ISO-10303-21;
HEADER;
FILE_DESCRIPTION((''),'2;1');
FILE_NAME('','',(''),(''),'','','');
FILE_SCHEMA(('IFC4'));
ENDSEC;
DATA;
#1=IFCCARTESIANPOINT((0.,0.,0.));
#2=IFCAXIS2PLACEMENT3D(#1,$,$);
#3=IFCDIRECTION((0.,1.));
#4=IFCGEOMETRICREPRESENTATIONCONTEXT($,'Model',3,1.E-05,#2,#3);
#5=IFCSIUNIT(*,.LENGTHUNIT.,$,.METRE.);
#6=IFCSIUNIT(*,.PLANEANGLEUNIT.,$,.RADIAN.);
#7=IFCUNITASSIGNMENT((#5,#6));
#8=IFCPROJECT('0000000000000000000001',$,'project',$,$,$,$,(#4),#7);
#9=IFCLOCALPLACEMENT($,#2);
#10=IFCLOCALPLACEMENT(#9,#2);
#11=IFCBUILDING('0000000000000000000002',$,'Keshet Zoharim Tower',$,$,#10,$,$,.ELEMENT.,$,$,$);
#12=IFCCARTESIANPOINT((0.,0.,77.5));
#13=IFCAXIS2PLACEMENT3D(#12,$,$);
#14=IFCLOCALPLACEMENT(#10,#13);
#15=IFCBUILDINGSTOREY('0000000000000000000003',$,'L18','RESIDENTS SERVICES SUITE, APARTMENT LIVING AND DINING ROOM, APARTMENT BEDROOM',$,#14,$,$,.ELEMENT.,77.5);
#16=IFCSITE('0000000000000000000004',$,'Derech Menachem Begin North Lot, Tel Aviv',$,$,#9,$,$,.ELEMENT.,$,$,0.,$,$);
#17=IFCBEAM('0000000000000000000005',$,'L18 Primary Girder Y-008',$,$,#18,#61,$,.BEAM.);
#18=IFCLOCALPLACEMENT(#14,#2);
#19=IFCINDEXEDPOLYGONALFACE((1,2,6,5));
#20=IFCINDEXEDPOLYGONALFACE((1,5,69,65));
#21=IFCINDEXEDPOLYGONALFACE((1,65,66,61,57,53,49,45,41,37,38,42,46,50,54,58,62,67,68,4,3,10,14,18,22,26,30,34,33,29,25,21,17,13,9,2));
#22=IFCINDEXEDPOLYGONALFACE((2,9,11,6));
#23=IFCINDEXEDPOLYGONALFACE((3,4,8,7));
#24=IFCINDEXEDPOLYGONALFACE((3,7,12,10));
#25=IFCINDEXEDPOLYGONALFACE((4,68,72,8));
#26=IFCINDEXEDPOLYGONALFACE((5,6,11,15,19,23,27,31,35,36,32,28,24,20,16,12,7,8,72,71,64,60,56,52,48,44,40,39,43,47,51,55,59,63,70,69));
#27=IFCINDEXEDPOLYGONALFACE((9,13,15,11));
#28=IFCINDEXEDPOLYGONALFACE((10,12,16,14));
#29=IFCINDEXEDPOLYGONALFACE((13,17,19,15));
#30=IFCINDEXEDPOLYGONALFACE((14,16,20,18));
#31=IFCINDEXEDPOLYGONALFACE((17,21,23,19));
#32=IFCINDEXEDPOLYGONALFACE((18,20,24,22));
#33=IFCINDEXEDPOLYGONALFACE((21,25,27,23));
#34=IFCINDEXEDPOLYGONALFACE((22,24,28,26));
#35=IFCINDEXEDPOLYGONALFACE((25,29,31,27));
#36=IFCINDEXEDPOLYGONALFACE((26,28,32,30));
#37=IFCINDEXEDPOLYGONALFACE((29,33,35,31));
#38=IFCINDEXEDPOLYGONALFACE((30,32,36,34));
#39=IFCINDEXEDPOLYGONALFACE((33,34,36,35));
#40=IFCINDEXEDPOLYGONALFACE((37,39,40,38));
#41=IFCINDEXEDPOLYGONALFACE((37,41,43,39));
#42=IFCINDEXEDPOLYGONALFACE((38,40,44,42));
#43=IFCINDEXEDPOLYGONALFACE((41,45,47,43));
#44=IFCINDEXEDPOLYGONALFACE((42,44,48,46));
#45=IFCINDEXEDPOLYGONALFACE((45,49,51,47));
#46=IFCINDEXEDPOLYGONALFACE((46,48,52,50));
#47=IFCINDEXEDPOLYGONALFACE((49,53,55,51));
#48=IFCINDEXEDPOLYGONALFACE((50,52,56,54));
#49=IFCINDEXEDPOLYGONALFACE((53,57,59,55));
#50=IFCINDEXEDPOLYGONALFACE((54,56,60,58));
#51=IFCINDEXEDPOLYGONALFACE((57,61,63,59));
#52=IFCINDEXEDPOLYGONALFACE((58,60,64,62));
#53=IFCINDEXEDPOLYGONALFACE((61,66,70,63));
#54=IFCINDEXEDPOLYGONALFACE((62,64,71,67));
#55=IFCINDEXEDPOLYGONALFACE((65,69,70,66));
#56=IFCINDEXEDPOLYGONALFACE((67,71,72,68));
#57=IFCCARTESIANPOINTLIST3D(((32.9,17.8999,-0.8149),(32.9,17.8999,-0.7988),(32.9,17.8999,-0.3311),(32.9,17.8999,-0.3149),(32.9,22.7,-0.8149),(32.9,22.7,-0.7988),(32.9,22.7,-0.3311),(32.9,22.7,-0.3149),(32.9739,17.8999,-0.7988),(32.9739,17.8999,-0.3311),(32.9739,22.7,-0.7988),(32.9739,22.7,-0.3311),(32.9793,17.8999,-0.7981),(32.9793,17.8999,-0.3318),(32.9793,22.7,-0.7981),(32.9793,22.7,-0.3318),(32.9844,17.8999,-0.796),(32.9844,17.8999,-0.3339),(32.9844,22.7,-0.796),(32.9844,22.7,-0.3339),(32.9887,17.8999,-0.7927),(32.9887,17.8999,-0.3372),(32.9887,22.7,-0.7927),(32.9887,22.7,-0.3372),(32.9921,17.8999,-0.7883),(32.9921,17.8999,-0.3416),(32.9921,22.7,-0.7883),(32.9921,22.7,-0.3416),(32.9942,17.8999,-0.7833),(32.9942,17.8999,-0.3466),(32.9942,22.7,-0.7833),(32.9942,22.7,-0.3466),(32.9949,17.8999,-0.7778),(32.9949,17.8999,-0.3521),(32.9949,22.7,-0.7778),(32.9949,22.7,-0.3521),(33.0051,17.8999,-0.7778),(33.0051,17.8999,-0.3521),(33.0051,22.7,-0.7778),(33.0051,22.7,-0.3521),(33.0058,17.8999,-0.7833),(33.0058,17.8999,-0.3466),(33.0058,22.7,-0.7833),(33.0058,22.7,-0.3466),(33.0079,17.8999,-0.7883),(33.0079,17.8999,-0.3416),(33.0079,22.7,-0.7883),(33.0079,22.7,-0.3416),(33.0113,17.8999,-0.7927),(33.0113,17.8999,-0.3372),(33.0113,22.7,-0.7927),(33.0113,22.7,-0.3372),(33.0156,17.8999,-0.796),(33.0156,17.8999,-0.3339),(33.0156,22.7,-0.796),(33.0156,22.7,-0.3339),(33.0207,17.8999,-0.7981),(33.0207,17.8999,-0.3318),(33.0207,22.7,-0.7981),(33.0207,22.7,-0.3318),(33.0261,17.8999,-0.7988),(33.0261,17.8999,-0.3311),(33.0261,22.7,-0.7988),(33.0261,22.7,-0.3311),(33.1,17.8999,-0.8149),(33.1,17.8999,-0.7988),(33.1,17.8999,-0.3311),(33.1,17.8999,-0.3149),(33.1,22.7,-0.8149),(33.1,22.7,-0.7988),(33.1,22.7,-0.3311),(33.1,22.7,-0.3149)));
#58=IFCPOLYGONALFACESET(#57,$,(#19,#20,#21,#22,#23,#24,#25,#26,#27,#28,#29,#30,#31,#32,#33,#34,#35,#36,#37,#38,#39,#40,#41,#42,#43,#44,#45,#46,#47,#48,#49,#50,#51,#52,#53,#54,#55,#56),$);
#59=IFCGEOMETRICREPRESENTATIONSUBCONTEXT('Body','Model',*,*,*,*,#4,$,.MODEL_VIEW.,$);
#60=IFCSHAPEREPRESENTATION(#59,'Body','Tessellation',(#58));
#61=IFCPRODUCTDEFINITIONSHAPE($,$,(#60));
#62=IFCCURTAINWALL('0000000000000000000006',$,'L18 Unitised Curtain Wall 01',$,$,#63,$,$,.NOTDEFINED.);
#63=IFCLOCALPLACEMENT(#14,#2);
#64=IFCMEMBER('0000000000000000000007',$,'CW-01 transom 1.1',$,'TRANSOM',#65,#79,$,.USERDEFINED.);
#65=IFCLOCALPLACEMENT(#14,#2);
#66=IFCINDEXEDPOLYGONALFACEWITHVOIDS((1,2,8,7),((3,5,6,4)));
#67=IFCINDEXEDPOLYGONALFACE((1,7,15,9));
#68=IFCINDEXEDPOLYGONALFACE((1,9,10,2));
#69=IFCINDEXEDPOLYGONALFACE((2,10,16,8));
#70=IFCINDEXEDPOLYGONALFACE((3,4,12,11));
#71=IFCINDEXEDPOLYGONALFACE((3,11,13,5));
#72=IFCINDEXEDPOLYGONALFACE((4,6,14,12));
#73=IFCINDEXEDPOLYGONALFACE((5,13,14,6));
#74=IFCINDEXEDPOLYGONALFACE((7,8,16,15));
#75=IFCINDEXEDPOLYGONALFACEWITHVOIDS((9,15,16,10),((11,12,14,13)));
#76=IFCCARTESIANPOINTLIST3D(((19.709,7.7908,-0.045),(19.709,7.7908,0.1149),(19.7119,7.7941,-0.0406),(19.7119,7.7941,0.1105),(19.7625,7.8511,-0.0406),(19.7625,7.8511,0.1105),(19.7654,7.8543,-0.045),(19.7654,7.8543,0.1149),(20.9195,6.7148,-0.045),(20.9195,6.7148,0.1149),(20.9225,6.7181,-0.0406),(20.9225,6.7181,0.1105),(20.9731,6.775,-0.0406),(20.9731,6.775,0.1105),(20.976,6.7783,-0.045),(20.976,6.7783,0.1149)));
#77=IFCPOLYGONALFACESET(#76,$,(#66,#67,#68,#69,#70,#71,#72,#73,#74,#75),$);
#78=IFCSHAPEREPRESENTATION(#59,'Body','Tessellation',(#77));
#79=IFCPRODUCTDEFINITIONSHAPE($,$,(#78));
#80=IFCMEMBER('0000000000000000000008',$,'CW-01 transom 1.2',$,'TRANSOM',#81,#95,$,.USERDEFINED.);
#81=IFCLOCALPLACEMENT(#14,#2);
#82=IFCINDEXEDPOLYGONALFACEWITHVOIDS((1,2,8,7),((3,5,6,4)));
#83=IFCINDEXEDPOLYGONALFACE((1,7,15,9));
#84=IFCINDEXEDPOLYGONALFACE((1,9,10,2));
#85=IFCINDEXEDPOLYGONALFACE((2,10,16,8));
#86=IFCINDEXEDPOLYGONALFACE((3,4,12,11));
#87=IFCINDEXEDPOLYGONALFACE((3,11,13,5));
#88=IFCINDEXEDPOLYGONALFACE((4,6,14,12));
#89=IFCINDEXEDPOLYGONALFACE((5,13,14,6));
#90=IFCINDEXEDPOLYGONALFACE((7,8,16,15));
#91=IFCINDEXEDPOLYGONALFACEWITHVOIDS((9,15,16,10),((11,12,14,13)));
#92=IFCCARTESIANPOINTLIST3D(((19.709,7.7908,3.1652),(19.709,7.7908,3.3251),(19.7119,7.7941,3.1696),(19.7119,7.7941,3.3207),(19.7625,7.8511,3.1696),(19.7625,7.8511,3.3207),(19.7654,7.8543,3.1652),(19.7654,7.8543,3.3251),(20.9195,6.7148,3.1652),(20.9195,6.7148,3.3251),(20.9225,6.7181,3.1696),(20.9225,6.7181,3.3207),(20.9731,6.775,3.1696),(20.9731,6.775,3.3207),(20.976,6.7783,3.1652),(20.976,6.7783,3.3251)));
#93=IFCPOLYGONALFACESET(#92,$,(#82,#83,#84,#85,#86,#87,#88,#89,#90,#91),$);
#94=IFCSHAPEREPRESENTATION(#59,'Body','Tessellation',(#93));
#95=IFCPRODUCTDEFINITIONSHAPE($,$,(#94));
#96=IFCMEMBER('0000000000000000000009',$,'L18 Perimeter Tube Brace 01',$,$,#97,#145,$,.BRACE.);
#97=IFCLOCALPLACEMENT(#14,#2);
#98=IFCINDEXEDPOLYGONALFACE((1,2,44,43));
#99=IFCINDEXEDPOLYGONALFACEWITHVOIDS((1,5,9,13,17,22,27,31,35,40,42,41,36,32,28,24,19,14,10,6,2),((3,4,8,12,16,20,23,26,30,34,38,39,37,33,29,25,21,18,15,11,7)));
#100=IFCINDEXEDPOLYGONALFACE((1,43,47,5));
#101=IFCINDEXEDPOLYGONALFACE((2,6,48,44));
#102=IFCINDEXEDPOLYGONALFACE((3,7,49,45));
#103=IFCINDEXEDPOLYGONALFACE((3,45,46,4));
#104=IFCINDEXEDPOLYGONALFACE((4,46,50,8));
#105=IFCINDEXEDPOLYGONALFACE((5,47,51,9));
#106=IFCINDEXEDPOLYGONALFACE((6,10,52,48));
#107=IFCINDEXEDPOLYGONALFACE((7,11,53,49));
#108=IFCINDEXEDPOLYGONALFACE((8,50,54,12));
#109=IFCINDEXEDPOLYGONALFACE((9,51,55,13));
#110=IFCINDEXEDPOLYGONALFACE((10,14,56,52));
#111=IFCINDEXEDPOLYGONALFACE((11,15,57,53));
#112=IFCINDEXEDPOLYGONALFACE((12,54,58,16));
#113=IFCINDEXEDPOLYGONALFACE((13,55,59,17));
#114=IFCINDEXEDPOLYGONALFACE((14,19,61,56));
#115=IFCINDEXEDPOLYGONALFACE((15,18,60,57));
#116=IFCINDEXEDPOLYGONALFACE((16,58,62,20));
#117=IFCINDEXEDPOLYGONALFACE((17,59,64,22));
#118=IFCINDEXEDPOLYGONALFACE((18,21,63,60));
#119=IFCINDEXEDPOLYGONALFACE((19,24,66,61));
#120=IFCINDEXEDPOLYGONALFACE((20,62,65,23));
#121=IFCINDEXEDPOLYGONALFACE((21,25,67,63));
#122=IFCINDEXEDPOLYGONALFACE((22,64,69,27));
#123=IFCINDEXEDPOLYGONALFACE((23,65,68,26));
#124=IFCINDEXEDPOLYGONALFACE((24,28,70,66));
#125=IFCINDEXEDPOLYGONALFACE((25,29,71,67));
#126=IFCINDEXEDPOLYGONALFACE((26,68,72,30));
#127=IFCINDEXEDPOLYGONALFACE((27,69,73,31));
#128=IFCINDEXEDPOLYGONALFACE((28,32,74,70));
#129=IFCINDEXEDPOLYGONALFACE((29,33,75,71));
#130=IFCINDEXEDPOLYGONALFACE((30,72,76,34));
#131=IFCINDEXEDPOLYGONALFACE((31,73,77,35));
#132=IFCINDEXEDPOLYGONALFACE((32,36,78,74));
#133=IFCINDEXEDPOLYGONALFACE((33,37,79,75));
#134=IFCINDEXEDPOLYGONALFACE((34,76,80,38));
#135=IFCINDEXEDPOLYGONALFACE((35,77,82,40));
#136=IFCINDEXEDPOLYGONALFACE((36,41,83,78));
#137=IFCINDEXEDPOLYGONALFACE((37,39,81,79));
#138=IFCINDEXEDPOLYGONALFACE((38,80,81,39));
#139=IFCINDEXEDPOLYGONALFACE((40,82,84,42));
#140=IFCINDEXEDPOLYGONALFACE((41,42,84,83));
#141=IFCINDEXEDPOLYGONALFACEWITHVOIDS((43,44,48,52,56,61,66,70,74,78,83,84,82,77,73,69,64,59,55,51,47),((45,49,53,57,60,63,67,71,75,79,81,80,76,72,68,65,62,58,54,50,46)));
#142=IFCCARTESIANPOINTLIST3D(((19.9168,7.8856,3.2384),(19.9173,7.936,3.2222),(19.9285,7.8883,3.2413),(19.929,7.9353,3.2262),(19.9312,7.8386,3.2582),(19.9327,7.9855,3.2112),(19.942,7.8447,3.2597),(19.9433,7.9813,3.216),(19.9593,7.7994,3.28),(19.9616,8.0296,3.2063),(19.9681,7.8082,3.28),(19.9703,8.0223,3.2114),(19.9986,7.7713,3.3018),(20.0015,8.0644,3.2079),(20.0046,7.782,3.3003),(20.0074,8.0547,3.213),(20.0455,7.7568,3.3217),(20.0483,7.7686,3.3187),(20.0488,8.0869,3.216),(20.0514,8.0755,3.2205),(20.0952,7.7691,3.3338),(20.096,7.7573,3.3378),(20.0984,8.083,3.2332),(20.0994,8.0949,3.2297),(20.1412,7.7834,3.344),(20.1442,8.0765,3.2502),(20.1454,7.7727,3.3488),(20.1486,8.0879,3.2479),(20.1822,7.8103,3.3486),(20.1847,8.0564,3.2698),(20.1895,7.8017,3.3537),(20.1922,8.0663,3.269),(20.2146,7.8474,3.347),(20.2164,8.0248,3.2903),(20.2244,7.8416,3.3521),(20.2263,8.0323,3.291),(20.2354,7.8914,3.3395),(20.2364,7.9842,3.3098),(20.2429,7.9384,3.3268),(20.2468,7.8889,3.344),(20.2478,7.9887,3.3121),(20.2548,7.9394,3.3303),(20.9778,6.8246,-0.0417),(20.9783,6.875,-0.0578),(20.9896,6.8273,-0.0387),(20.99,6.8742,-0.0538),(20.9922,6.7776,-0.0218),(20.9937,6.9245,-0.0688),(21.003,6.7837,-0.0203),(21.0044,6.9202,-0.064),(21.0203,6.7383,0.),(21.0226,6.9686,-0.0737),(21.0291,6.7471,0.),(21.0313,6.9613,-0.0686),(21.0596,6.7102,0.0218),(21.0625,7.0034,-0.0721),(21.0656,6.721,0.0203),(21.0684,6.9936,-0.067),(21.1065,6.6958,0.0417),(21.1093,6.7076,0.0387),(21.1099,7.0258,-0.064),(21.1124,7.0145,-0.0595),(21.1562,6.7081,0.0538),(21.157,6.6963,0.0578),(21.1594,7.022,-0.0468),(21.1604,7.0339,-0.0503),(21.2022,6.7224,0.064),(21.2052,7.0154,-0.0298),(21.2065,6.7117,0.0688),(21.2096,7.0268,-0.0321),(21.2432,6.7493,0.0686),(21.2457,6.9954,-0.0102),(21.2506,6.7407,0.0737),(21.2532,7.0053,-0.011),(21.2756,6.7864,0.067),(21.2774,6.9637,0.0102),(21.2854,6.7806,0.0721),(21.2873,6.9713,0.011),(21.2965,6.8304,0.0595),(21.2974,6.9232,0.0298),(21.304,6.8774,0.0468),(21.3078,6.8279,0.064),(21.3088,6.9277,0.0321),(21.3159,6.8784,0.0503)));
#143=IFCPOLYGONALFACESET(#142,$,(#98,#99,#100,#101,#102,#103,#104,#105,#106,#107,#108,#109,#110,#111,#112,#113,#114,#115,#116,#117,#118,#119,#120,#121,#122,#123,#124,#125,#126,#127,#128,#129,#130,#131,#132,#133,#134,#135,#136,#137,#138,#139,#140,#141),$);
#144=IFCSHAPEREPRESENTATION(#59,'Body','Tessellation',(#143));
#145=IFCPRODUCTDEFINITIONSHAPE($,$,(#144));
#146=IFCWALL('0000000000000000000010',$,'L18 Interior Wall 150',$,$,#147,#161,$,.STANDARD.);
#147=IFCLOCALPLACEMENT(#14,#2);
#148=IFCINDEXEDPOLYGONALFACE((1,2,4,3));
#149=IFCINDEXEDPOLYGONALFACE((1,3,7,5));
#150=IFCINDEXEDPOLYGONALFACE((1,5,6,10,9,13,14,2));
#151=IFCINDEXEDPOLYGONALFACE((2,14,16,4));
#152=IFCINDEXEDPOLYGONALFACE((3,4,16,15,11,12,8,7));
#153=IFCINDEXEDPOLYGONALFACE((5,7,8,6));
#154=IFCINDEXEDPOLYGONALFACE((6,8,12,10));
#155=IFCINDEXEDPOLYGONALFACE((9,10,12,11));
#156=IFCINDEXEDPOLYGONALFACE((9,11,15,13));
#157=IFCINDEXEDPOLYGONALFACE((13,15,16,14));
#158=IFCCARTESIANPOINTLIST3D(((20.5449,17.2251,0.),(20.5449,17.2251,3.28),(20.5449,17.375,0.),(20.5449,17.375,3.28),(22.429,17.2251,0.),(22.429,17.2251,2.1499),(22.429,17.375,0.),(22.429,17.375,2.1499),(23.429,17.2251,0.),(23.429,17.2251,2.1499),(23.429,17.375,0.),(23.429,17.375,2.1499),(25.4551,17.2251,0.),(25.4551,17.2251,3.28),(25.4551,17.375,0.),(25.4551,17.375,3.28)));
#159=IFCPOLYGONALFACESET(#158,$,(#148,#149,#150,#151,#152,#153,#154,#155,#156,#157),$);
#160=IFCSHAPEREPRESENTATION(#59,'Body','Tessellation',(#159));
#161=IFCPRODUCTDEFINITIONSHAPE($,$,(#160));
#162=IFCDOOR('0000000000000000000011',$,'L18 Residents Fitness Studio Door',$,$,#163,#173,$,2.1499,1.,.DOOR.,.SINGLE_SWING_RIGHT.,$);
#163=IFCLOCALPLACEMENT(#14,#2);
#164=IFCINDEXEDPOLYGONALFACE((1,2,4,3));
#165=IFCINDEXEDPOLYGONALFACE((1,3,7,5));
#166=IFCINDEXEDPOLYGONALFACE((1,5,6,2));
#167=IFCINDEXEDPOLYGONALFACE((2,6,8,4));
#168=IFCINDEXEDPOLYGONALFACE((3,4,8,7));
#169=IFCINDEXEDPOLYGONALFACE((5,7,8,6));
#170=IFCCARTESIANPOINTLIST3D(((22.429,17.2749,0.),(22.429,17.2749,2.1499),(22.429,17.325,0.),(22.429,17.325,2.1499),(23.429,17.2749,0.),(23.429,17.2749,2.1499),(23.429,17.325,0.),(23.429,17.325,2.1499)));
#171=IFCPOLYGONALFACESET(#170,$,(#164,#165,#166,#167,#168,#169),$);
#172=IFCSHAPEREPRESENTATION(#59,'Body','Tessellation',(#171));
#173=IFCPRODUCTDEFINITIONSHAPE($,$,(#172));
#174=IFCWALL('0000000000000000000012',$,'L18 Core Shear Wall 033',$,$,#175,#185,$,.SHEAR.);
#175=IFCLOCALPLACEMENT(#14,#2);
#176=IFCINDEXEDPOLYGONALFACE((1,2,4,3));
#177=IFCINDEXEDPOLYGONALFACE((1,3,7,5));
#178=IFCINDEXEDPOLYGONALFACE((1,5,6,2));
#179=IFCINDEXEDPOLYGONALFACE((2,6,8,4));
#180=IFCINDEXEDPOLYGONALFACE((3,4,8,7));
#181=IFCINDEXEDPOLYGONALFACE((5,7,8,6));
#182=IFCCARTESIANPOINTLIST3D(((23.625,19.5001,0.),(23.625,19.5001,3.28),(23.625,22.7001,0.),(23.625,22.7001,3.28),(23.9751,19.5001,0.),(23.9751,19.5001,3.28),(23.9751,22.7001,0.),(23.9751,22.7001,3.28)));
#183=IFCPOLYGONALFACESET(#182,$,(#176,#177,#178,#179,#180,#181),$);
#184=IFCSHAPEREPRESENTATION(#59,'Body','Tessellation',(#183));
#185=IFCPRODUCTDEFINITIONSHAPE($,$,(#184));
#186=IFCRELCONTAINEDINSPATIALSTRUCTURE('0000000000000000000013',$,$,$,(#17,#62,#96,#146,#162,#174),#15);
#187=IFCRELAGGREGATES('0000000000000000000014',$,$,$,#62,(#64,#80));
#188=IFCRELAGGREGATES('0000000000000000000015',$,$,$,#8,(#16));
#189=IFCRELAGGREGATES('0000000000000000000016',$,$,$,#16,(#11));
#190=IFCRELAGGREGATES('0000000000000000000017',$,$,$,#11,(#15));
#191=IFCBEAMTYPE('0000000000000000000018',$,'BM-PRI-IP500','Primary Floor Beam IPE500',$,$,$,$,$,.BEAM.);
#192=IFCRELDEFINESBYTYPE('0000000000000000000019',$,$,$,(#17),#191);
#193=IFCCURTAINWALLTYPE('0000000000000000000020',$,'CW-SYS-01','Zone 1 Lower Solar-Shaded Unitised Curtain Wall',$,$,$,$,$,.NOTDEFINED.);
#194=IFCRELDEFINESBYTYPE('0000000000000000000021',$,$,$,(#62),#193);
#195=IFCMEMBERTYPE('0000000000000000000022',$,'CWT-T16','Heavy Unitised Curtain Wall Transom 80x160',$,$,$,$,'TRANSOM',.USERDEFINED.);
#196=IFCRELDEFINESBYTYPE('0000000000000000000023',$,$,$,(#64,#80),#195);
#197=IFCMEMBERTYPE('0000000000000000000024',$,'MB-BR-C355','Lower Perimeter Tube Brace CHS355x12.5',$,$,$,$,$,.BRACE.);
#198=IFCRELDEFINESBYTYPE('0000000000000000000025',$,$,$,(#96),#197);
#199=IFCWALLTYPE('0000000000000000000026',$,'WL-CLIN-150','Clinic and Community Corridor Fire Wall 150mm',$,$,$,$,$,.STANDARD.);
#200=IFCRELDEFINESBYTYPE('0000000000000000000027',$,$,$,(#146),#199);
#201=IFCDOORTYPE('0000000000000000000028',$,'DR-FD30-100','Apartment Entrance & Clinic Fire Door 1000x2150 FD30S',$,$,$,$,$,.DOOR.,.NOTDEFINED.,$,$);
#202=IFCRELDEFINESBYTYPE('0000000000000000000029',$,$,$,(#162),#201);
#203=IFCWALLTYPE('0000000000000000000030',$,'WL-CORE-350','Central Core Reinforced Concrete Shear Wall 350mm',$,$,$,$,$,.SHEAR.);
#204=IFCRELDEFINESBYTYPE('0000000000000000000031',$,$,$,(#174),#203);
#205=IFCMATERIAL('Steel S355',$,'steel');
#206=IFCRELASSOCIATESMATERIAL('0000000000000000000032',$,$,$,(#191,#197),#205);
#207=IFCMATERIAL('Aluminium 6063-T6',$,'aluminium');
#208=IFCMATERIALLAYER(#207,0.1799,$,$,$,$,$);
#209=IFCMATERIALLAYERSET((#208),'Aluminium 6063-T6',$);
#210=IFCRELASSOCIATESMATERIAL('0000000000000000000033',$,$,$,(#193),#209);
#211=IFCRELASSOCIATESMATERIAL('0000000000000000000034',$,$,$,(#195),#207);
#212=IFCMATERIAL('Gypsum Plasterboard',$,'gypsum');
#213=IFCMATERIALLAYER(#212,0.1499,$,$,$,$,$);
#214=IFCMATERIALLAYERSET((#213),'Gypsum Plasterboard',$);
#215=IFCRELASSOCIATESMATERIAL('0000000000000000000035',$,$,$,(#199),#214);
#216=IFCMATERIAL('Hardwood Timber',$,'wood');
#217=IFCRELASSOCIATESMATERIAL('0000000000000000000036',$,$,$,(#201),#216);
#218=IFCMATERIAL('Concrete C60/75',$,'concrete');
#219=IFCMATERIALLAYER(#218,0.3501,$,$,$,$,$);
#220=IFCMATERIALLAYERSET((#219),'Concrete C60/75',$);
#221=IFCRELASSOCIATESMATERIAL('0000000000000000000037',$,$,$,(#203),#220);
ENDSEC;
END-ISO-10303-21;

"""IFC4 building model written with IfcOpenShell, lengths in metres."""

from ifc_helpers import new_model, si_unit, direction, frame, frame_2d, origin, origin_2d, place, context, subcontext, project, spatial, rectangle, hollow_rectangle, hollow_circle, i_section, extrude, material, layer, layer_set, material_profile, profile_set, type_object, element, fill, aggregate, save


model = new_model("IFC4")

# Units and contexts
model_context = context("Model", 3, precision=1e-05, world=origin(), true_north=direction((0.0, 1.0)))
body_context = subcontext(model_context, "Body", "Model", "MODEL_VIEW")
ifc_project = project(units=[si_unit("LENGTHUNIT", "METRE"), si_unit("PLANEANGLEUNIT", "RADIAN")], contexts=[model_context])

# Site, building, storey
site_placement = place(None, origin())
site = spatial("IfcSite", under=ifc_project, at=site_placement, Name="Derech Menachem Begin North Lot, Tel Aviv", CompositionType="ELEMENT", RefElevation=0.0)
building_placement = place(site_placement, origin())
building = spatial("IfcBuilding", under=site, at=building_placement, Name="Keshet Zoharim Tower", CompositionType="ELEMENT")
storey_placement = place(building_placement, frame((0.0, 0.0, 77.5)))
storey = spatial("IfcBuildingStorey", under=building, at=storey_placement, Name="L18", Description="RESIDENTS SERVICES SUITE, APARTMENT LIVING AND DINING ROOM, APARTMENT BEDROOM", CompositionType="ELEMENT", Elevation=77.5)

# Shared definitions
ifc_material_1 = material(Name="Concrete C60/75", Category="concrete")

# Beam
ifc_material_2 = material(Name="Steel S355", Category="steel")
ifc_material_profile_1 = material_profile(ifc_material_2, i_section(OverallWidth=0.2, OverallDepth=0.5, WebThickness=0.0103, FlangeThickness=0.0161, FilletRadius=0.021, at=origin_2d()), Name="IPE500")
ifc_profile_set_1 = profile_set([ifc_material_profile_1], Name="Steel S355")
beam_type_1 = type_object("IfcBeamType", Name="BM-PRI-IP500", Description="Primary Floor Beam IPE500", PredefinedType="BEAM", material=ifc_profile_set_1)
beam_1_placement = place(storey_placement, frame((33.0, 17.8999, -0.5649), z_axis=(0.0, 1.0, 0.0), x_axis=(-1.0, 0.0, 0.0)))
element("IfcBeam", 1, at=beam_1_placement, inside=storey, type_object=beam_type_1, Name="L18 Primary Girder Y-008", PredefinedType="BEAM", context=body_context, shape_type="SweptSolid", body=[
    extrude(i_section(OverallWidth=0.2, OverallDepth=0.5, WebThickness=0.0103, FlangeThickness=0.0161, FilletRadius=0.021, at=origin_2d()), origin(), (0.0, 0.0, 1.0), 4.8),
])

# Curtain wall, members
ifc_material_3 = material(Name="Aluminium 6063-T6", Category="aluminium")
ifc_layer_1 = layer(ifc_material_3, 0.1799)
ifc_layer_set_1 = layer_set([ifc_layer_1], Name="Aluminium 6063-T6")
curtain_wall_type = type_object("IfcCurtainWallType", Name="CW-SYS-01", Description="Zone 1 Lower Solar-Shaded Unitised Curtain Wall", PredefinedType="NOTDEFINED", material=ifc_layer_set_1)
curtain_wall_placement = place(storey_placement, origin())
curtain_wall = element("IfcCurtainWall", 2, at=curtain_wall_placement, inside=storey, type_object=curtain_wall_type, Name="L18 Unitised Curtain Wall 01", PredefinedType="NOTDEFINED")
ifc_material_profile_2 = material_profile(ifc_material_3, hollow_rectangle(XDim=0.085, YDim=0.1599, WallThickness=0.0044, at=origin_2d()), Name="TRN-85x160")
ifc_profile_set_2 = profile_set([ifc_material_profile_2], Name="Aluminium 6063-T6")
member_type_1 = type_object("IfcMemberType", Name="CWT-T16", Description="Heavy Unitised Curtain Wall Transom 80x160", ElementType="TRANSOM", PredefinedType="USERDEFINED", material=ifc_profile_set_2)
member_1_placement = place(storey_placement, frame((20.9478, 6.7466, 0.0349), z_axis=(-0.747418, 0.664354, 0.0), x_axis=(-0.664354, -0.747418, 0.0)))
member_1 = element("IfcMember", 3, at=member_1_placement, type_object=member_type_1, Name="CW-01 transom 1.1", ObjectType="TRANSOM", PredefinedType="USERDEFINED", context=body_context, shape_type="SweptSolid", body=[
    extrude(hollow_rectangle(XDim=0.085, YDim=0.1599, WallThickness=0.0044, at=origin_2d()), origin(), (0.0, 0.0, 1.0), 1.6196),
])
member_2_placement = place(storey_placement, frame((20.9478, 6.7466, 3.2451), z_axis=(-0.747418, 0.664354, 0.0), x_axis=(-0.664354, -0.747418, 0.0)))
member_2 = element("IfcMember", 4, at=member_2_placement, type_object=member_type_1, Name="CW-01 transom 1.2", ObjectType="TRANSOM", PredefinedType="USERDEFINED", context=body_context, shape_type="SweptSolid", body=[
    extrude(hollow_rectangle(XDim=0.085, YDim=0.1599, WallThickness=0.0044, at=origin_2d()), origin(), (0.0, 0.0, 1.0), 1.6196),
])
aggregate(curtain_wall, [member_1, member_2])

# Member
ifc_material_profile_3 = material_profile(ifc_material_2, hollow_circle(Radius=0.1777, WallThickness=0.0125, at=origin_2d()), Name="CHS355x12.5")
ifc_profile_set_3 = profile_set([ifc_material_profile_3], Name="Steel S355")
member_type_2 = type_object("IfcMemberType", Name="MB-BR-C355", Description="Lower Perimeter Tube Brace CHS355x12.5", PredefinedType="BRACE", material=ifc_profile_set_3)
member_3_placement = place(storey_placement, frame((21.146, 6.864, 0.0), z_axis=(-0.294163, 0.294163, 0.90936), x_axis=(-0.707107, -0.707107, 0.0)))
element("IfcMember", 5, at=member_3_placement, inside=storey, type_object=member_type_2, Name="L18 Perimeter Tube Brace 01", PredefinedType="BRACE", context=body_context, shape_type="SweptSolid", body=[
    extrude(hollow_circle(Radius=0.1777, WallThickness=0.0125, at=origin_2d()), origin(), (0.0, 0.0, 1.0), 3.6069),
])

# Wall, opening, door
ifc_material_4 = material(Name="Gypsum Plasterboard", Category="gypsum")
ifc_layer_2 = layer(ifc_material_4, 0.1499)
ifc_layer_set_2 = layer_set([ifc_layer_2], Name="Gypsum Plasterboard")
wall_type_1 = type_object("IfcWallType", Name="WL-CLIN-150", Description="Clinic and Community Corridor Fire Wall 150mm", PredefinedType="STANDARD", material=ifc_layer_set_2)
wall_1_placement = place(storey_placement, frame((20.5449, 17.3, 0.0), z_axis=(0.0, 0.0, 1.0), x_axis=(1.0, 0.0, 0.0)))
wall_1 = element("IfcWall", 6, at=wall_1_placement, inside=storey, type_object=wall_type_1, Name="L18 Interior Wall 150", PredefinedType="STANDARD", context=body_context, shape_type="SweptSolid", body=[
    extrude(rectangle(XDim=4.9102, YDim=0.1499, at=frame_2d((2.4551, 0.0))), origin(), (0.0, 0.0, 1.0), 3.28),
])
opening_1_placement = place(wall_1_placement, frame((1.884, 0.0, 0.0)))
opening_1 = element("IfcOpeningElement", 7, at=opening_1_placement, cuts=wall_1, PredefinedType="OPENING", context=body_context, shape_type="SweptSolid", body=[
    extrude(rectangle(XDim=1.0, YDim=2.1499, at=frame_2d((0.5, 1.075))), frame((0.0, 0.085, 0.0), z_axis=(0.0, -1.0, 0.0), x_axis=(1.0, 0.0, 0.0)), (0.0, 0.0, 1.0), 0.1699),
])
ifc_material_5 = material(Name="Hardwood Timber", Category="wood")
door_type_1 = type_object("IfcDoorType", Name="DR-FD30-100", Description="Apartment Entrance & Clinic Fire Door 1000x2150 FD30S", OperationType="NOTDEFINED", PredefinedType="DOOR", material=ifc_material_5)
door_1_placement = place(opening_1_placement, origin())
door_1 = element("IfcDoor", 8, at=door_1_placement, inside=storey, type_object=door_type_1, Name="L18 Residents Fitness Studio Door", OperationType="SINGLE_SWING_RIGHT", OverallHeight=2.1499, OverallWidth=1.0, PredefinedType="DOOR", context=body_context, shape_type="SweptSolid", body=[
    extrude(rectangle(XDim=1.0, YDim=2.1499, at=frame_2d((0.5, 1.075))), frame((0.0, 0.0249, 0.0), z_axis=(0.0, -1.0, 0.0), x_axis=(1.0, 0.0, 0.0)), (0.0, 0.0, 1.0), 0.05),
])
fill(opening_1, door_1)

# Wall
ifc_layer_3 = layer(ifc_material_1, 0.3501)
ifc_layer_set_3 = layer_set([ifc_layer_3], Name="Concrete C60/75")
wall_type_2 = type_object("IfcWallType", Name="WL-CORE-350", Description="Central Core Reinforced Concrete Shear Wall 350mm", PredefinedType="SHEAR", material=ifc_layer_set_3)
wall_2_placement = place(storey_placement, frame((23.8, 19.5, 0.0), z_axis=(0.0, 0.0, 1.0), x_axis=(0.0, 1.0, 0.0)))
element("IfcWall", 9, at=wall_2_placement, inside=storey, type_object=wall_type_2, Name="L18 Core Shear Wall 033", PredefinedType="SHEAR", context=body_context, shape_type="SweptSolid", body=[
    extrude(rectangle(XDim=3.2, YDim=0.3501, at=frame_2d((1.6001, 0.0))), origin(), (0.0, 0.0, 1.0), 3.28),
])

save(model, "model.ifc")
